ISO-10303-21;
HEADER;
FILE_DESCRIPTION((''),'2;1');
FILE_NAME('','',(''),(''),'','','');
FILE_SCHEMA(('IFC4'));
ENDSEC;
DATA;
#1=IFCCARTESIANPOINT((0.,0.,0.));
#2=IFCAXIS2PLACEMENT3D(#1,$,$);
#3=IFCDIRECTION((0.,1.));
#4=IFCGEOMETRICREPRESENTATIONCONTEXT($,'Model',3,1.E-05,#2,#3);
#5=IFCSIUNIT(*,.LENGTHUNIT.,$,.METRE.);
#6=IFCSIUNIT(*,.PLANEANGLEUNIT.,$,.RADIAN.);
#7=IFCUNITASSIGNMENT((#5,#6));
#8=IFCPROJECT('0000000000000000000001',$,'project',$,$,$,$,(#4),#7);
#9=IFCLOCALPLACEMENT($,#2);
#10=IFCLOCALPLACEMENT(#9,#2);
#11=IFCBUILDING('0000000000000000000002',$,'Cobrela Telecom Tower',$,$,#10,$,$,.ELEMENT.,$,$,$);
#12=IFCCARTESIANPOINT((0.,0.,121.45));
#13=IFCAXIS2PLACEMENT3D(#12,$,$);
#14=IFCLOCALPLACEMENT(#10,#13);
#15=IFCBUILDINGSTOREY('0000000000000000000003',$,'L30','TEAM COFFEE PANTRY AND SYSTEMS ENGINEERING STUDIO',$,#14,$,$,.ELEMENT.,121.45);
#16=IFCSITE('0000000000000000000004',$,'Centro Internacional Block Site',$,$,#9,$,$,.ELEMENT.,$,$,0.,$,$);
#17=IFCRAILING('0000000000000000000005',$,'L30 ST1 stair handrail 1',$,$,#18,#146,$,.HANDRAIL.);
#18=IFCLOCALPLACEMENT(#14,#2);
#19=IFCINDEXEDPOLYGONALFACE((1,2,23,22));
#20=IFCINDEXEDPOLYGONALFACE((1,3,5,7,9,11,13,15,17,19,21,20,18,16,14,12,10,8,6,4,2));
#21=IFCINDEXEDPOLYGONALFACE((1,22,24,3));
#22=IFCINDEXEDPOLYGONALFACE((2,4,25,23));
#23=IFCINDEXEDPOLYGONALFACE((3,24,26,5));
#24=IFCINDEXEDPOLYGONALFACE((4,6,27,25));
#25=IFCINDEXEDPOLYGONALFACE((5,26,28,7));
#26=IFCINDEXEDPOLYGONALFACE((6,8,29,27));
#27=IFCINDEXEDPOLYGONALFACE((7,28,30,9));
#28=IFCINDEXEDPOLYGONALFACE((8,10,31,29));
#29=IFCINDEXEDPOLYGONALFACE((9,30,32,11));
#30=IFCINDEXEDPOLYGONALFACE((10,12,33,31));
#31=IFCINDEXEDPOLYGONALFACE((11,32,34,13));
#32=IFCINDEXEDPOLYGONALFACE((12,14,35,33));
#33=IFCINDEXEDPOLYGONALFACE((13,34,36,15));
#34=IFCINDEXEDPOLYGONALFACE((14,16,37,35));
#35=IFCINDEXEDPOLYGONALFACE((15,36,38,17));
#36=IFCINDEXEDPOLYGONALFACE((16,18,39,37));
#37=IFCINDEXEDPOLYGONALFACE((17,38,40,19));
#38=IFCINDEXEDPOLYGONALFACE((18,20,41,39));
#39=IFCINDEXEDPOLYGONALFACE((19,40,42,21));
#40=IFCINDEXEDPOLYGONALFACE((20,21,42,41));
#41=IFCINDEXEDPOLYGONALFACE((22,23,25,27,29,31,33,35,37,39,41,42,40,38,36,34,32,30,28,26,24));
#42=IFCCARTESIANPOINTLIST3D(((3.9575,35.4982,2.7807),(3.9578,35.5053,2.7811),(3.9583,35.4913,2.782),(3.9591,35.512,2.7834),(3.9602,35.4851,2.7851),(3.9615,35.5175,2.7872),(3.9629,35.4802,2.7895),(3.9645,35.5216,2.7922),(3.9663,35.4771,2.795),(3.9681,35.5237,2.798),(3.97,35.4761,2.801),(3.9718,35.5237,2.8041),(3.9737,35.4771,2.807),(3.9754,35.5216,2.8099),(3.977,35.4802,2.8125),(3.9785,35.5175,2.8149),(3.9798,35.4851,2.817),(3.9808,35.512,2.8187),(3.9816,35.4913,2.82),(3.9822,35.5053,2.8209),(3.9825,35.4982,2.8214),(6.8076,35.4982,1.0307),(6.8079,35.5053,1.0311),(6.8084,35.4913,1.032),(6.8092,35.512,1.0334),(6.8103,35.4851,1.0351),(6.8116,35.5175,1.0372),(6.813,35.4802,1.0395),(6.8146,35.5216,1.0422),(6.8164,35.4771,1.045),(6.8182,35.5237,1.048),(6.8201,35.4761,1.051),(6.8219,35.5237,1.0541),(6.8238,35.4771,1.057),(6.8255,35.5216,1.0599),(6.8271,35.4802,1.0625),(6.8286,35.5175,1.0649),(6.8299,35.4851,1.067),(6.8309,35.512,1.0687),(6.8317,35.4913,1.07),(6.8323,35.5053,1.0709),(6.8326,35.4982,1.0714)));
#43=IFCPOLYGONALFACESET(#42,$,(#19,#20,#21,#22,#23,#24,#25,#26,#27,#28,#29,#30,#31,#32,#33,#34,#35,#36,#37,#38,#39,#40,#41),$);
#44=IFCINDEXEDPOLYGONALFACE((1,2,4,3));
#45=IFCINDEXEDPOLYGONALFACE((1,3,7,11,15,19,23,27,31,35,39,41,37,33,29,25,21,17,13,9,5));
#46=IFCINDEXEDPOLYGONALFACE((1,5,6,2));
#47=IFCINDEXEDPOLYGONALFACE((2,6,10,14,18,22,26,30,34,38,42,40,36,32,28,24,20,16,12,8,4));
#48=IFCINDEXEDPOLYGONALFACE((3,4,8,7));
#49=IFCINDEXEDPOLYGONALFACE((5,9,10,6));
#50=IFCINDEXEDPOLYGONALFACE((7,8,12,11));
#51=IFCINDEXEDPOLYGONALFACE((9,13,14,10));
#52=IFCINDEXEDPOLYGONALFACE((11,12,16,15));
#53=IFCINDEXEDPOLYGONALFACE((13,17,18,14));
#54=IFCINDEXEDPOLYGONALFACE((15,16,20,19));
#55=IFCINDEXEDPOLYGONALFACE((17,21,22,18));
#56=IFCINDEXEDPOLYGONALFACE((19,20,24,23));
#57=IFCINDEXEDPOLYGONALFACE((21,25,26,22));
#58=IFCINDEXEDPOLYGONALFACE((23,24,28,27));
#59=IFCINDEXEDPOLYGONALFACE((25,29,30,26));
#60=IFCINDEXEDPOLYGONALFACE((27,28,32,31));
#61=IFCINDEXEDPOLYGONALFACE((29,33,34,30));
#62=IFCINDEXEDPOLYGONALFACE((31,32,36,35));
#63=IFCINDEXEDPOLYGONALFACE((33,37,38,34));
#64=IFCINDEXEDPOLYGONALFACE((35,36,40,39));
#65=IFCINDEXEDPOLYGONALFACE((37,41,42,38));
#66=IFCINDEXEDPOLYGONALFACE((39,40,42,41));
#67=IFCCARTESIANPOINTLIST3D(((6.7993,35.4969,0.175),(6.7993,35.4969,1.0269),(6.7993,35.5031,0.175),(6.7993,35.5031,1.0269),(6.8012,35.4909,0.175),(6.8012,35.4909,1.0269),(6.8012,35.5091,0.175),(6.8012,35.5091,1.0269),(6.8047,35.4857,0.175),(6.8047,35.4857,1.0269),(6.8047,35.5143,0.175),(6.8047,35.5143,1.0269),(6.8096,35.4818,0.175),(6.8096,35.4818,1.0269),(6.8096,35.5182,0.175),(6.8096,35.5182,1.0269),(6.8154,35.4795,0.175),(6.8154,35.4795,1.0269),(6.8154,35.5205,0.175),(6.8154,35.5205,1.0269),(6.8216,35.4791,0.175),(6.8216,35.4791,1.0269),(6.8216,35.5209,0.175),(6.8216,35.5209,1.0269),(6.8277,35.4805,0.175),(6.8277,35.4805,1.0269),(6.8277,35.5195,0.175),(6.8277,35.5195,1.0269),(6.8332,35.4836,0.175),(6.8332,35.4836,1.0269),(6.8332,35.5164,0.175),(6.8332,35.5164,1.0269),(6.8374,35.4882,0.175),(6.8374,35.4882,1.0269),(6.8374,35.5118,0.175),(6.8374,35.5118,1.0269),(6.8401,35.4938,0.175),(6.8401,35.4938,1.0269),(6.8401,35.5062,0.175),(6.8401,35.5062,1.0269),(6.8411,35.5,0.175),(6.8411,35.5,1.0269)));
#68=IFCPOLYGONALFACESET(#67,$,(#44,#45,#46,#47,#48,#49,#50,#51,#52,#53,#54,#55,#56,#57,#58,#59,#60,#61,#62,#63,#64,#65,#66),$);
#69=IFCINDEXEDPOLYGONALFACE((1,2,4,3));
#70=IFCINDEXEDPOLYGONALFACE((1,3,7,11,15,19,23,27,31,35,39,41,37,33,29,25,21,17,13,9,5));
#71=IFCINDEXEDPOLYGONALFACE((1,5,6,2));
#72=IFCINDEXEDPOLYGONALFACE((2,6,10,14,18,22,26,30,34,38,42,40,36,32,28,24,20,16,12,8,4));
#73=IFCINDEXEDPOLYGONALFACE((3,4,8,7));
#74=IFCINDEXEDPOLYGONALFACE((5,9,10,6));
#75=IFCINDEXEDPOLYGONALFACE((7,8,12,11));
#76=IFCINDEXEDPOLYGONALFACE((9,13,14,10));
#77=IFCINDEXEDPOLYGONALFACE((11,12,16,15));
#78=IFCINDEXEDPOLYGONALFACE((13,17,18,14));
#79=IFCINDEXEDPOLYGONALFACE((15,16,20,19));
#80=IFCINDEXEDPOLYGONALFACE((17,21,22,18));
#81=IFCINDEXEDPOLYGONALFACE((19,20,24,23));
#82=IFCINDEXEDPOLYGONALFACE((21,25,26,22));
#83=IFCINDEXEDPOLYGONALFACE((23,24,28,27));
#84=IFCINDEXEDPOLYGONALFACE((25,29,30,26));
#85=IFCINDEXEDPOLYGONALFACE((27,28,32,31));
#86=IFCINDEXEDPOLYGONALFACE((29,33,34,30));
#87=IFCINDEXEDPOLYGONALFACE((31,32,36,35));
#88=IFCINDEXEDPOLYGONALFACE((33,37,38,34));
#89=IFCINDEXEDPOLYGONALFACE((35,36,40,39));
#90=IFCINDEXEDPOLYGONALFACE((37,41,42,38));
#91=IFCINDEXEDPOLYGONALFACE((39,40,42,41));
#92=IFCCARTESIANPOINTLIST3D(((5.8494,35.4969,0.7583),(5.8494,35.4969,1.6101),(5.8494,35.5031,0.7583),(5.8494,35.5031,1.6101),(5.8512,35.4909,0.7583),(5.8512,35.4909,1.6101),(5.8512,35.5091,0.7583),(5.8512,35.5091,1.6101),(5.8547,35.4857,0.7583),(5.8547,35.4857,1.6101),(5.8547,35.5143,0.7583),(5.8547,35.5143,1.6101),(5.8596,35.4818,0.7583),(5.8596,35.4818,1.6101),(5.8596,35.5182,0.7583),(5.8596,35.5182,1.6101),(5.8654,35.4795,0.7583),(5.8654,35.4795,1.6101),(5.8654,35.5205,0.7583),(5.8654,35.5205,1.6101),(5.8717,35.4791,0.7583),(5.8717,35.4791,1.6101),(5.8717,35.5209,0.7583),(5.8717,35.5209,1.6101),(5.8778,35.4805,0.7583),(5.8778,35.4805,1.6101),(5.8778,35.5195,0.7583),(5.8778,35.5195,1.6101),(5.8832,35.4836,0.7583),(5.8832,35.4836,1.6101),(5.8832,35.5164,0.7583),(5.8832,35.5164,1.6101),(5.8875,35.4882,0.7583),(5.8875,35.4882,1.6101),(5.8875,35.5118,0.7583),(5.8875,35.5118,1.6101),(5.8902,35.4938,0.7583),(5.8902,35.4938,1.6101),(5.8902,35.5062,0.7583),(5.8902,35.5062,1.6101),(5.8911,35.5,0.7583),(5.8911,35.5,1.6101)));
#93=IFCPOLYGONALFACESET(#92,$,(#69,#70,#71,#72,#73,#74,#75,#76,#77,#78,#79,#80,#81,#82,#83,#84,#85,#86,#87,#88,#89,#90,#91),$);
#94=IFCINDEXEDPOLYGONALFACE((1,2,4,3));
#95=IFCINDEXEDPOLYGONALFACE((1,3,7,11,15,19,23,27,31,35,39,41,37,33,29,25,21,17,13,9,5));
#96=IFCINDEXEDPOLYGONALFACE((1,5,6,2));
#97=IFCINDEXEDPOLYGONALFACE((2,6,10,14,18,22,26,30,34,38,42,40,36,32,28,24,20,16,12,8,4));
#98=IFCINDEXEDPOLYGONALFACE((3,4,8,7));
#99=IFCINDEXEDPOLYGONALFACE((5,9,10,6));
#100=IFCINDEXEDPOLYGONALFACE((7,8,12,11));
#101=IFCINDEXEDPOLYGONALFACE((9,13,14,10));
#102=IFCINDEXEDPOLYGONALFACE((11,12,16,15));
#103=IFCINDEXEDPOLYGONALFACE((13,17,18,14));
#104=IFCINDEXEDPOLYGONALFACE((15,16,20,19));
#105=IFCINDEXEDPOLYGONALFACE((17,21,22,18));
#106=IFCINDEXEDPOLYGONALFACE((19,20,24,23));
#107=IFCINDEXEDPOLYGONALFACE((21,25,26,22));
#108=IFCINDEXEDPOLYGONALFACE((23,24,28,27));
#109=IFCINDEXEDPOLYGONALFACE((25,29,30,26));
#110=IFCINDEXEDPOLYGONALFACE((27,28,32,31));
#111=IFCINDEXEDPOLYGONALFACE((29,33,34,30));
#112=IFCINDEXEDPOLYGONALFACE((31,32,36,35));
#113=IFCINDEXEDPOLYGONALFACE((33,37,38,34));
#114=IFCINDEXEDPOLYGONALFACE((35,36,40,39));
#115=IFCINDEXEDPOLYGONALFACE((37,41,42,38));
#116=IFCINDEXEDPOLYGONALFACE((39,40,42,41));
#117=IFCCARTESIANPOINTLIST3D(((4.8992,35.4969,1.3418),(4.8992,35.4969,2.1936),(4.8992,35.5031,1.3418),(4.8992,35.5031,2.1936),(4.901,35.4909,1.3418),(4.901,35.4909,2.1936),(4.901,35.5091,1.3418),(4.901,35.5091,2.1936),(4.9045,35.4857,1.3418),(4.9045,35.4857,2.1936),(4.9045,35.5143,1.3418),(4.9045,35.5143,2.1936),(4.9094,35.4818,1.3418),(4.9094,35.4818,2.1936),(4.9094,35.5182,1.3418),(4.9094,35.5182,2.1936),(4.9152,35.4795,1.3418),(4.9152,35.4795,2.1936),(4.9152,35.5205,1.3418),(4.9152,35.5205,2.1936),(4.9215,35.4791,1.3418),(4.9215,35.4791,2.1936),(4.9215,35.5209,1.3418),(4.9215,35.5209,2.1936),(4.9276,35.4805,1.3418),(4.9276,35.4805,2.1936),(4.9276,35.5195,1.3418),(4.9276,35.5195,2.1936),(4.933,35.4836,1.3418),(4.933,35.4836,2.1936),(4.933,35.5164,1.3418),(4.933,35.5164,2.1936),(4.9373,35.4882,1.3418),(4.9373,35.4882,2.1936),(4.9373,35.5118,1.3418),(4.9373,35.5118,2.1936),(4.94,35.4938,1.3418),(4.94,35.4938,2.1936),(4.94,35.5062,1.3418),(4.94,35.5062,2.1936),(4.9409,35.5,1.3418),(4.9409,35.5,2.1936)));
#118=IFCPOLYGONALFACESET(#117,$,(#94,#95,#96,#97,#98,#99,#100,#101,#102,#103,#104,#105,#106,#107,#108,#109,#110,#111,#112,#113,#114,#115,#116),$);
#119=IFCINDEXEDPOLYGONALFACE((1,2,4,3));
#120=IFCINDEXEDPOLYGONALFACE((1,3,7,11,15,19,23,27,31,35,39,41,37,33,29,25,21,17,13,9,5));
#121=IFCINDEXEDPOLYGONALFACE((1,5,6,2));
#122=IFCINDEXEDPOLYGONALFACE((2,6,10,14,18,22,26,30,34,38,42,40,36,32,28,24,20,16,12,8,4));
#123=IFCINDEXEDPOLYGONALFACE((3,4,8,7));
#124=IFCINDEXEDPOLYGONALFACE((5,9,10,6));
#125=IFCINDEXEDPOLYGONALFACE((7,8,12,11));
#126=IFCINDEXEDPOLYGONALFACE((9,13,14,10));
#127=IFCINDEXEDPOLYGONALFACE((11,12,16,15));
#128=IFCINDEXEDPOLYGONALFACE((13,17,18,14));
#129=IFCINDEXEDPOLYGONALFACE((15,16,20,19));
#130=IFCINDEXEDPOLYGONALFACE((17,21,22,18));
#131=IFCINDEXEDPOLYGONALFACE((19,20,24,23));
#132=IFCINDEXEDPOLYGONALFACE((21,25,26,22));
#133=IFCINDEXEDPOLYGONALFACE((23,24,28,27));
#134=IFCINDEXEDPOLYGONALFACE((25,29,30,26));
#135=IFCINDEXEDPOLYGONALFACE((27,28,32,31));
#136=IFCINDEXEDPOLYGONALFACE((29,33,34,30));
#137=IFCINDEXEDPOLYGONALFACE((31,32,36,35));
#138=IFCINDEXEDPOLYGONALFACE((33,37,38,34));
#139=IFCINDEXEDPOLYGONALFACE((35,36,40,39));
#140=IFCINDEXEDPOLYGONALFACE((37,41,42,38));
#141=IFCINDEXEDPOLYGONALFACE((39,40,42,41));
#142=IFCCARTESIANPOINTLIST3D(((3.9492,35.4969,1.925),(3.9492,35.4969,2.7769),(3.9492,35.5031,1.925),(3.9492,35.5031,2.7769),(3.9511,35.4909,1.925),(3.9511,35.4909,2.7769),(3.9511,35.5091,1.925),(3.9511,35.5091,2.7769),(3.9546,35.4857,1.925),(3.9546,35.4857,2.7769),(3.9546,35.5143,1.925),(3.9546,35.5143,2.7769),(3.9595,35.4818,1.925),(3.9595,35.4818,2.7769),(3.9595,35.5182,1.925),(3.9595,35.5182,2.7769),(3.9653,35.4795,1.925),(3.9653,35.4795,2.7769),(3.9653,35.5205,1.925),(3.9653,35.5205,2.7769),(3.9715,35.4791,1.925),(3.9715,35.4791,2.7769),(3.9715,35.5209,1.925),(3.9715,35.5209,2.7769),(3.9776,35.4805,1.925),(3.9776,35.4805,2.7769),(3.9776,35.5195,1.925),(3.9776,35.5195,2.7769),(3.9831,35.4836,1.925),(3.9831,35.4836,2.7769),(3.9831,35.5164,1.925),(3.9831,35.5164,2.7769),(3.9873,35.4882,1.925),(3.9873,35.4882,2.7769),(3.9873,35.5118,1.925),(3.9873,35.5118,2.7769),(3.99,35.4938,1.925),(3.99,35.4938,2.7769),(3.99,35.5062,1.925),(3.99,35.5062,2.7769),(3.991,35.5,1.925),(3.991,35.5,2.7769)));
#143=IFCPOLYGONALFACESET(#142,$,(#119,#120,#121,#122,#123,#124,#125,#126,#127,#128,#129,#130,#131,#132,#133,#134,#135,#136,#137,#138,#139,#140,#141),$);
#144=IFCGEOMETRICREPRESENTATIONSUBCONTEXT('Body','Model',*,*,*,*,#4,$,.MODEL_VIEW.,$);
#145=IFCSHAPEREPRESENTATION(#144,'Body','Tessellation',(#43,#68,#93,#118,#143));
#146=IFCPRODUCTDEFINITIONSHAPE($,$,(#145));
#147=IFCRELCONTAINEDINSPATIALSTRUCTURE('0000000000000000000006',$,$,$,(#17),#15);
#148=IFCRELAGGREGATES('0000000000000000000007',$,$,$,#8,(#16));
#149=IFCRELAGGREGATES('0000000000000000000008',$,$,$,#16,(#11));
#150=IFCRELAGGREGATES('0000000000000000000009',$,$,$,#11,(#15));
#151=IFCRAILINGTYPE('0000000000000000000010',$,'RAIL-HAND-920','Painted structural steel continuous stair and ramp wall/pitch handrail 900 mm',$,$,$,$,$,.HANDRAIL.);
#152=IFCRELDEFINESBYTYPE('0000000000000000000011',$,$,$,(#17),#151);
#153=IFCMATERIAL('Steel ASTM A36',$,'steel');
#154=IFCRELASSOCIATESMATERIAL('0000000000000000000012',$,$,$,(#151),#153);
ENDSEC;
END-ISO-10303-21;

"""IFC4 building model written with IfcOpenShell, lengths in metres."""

from ifc_helpers import new_model, si_unit, direction, frame, origin, origin_2d, place, context, subcontext, project, spatial, circle, extrude, material, type_object, element, save


model = new_model("IFC4")

# Units and contexts
model_context = context("Model", 3, precision=1e-05, world=origin(), true_north=direction((0.0, 1.0)))
body_context = subcontext(model_context, "Body", "Model", "MODEL_VIEW")
ifc_project = project(units=[si_unit("LENGTHUNIT", "METRE"), si_unit("PLANEANGLEUNIT", "RADIAN")], contexts=[model_context])

# Site, building, storey
site_placement = place(None, origin())
site = spatial("IfcSite", under=ifc_project, at=site_placement, Name="Centro Internacional Block Site", CompositionType="ELEMENT", RefElevation=0.0)
building_placement = place(site_placement, origin())
building = spatial("IfcBuilding", under=site, at=building_placement, Name="Cobrela Telecom Tower", CompositionType="ELEMENT")
storey_placement = place(building_placement, frame((0.0, 0.0, 121.45)))
storey = spatial("IfcBuildingStorey", under=building, at=storey_placement, Name="L30", Description="TEAM COFFEE PANTRY AND SYSTEMS ENGINEERING STUDIO", CompositionType="ELEMENT", Elevation=121.45)

# Shared definitions
ifc_material_1 = material(Name="Steel ASTM A36", Category="steel")

# Railing
railing_type_1 = type_object("IfcRailingType", Name="RAIL-HAND-920", Description="Painted structural steel continuous stair and ramp wall/pitch handrail 900 mm", PredefinedType="HANDRAIL", material=ifc_material_1)
railing_1_placement = place(storey_placement, frame((6.8201, 35.5, 0.175)))
element("IfcRailing", 1, at=railing_1_placement, inside=storey, type_object=railing_type_1, Name="L30 ST1 stair handrail 1", PredefinedType="HANDRAIL", context=body_context, shape_type="SweptSolid", body=[
    extrude(circle(Radius=0.0239, at=origin_2d()), frame((0.0, 0.0, 0.876), z_axis=(-0.852179, 0.0, 0.52325), x_axis=(0.0, -1.0, 0.0)), (0.0, 0.0, 1.0), 3.3445),
    extrude(circle(Radius=0.021, at=origin_2d()), origin(), (0.0, 0.0, 1.0), 0.8518),
    extrude(circle(Radius=0.021, at=origin_2d()), frame((-0.95, 0.0, 0.5833)), (0.0, 0.0, 1.0), 0.8518),
    extrude(circle(Radius=0.021, at=origin_2d()), frame((-1.9001, 0.0, 1.1667)), (0.0, 0.0, 1.0), 0.8518),
    extrude(circle(Radius=0.021, at=origin_2d()), frame((-2.8501, 0.0, 1.75)), (0.0, 0.0, 1.0), 0.8518),
])

save(model, "model.ifc")
